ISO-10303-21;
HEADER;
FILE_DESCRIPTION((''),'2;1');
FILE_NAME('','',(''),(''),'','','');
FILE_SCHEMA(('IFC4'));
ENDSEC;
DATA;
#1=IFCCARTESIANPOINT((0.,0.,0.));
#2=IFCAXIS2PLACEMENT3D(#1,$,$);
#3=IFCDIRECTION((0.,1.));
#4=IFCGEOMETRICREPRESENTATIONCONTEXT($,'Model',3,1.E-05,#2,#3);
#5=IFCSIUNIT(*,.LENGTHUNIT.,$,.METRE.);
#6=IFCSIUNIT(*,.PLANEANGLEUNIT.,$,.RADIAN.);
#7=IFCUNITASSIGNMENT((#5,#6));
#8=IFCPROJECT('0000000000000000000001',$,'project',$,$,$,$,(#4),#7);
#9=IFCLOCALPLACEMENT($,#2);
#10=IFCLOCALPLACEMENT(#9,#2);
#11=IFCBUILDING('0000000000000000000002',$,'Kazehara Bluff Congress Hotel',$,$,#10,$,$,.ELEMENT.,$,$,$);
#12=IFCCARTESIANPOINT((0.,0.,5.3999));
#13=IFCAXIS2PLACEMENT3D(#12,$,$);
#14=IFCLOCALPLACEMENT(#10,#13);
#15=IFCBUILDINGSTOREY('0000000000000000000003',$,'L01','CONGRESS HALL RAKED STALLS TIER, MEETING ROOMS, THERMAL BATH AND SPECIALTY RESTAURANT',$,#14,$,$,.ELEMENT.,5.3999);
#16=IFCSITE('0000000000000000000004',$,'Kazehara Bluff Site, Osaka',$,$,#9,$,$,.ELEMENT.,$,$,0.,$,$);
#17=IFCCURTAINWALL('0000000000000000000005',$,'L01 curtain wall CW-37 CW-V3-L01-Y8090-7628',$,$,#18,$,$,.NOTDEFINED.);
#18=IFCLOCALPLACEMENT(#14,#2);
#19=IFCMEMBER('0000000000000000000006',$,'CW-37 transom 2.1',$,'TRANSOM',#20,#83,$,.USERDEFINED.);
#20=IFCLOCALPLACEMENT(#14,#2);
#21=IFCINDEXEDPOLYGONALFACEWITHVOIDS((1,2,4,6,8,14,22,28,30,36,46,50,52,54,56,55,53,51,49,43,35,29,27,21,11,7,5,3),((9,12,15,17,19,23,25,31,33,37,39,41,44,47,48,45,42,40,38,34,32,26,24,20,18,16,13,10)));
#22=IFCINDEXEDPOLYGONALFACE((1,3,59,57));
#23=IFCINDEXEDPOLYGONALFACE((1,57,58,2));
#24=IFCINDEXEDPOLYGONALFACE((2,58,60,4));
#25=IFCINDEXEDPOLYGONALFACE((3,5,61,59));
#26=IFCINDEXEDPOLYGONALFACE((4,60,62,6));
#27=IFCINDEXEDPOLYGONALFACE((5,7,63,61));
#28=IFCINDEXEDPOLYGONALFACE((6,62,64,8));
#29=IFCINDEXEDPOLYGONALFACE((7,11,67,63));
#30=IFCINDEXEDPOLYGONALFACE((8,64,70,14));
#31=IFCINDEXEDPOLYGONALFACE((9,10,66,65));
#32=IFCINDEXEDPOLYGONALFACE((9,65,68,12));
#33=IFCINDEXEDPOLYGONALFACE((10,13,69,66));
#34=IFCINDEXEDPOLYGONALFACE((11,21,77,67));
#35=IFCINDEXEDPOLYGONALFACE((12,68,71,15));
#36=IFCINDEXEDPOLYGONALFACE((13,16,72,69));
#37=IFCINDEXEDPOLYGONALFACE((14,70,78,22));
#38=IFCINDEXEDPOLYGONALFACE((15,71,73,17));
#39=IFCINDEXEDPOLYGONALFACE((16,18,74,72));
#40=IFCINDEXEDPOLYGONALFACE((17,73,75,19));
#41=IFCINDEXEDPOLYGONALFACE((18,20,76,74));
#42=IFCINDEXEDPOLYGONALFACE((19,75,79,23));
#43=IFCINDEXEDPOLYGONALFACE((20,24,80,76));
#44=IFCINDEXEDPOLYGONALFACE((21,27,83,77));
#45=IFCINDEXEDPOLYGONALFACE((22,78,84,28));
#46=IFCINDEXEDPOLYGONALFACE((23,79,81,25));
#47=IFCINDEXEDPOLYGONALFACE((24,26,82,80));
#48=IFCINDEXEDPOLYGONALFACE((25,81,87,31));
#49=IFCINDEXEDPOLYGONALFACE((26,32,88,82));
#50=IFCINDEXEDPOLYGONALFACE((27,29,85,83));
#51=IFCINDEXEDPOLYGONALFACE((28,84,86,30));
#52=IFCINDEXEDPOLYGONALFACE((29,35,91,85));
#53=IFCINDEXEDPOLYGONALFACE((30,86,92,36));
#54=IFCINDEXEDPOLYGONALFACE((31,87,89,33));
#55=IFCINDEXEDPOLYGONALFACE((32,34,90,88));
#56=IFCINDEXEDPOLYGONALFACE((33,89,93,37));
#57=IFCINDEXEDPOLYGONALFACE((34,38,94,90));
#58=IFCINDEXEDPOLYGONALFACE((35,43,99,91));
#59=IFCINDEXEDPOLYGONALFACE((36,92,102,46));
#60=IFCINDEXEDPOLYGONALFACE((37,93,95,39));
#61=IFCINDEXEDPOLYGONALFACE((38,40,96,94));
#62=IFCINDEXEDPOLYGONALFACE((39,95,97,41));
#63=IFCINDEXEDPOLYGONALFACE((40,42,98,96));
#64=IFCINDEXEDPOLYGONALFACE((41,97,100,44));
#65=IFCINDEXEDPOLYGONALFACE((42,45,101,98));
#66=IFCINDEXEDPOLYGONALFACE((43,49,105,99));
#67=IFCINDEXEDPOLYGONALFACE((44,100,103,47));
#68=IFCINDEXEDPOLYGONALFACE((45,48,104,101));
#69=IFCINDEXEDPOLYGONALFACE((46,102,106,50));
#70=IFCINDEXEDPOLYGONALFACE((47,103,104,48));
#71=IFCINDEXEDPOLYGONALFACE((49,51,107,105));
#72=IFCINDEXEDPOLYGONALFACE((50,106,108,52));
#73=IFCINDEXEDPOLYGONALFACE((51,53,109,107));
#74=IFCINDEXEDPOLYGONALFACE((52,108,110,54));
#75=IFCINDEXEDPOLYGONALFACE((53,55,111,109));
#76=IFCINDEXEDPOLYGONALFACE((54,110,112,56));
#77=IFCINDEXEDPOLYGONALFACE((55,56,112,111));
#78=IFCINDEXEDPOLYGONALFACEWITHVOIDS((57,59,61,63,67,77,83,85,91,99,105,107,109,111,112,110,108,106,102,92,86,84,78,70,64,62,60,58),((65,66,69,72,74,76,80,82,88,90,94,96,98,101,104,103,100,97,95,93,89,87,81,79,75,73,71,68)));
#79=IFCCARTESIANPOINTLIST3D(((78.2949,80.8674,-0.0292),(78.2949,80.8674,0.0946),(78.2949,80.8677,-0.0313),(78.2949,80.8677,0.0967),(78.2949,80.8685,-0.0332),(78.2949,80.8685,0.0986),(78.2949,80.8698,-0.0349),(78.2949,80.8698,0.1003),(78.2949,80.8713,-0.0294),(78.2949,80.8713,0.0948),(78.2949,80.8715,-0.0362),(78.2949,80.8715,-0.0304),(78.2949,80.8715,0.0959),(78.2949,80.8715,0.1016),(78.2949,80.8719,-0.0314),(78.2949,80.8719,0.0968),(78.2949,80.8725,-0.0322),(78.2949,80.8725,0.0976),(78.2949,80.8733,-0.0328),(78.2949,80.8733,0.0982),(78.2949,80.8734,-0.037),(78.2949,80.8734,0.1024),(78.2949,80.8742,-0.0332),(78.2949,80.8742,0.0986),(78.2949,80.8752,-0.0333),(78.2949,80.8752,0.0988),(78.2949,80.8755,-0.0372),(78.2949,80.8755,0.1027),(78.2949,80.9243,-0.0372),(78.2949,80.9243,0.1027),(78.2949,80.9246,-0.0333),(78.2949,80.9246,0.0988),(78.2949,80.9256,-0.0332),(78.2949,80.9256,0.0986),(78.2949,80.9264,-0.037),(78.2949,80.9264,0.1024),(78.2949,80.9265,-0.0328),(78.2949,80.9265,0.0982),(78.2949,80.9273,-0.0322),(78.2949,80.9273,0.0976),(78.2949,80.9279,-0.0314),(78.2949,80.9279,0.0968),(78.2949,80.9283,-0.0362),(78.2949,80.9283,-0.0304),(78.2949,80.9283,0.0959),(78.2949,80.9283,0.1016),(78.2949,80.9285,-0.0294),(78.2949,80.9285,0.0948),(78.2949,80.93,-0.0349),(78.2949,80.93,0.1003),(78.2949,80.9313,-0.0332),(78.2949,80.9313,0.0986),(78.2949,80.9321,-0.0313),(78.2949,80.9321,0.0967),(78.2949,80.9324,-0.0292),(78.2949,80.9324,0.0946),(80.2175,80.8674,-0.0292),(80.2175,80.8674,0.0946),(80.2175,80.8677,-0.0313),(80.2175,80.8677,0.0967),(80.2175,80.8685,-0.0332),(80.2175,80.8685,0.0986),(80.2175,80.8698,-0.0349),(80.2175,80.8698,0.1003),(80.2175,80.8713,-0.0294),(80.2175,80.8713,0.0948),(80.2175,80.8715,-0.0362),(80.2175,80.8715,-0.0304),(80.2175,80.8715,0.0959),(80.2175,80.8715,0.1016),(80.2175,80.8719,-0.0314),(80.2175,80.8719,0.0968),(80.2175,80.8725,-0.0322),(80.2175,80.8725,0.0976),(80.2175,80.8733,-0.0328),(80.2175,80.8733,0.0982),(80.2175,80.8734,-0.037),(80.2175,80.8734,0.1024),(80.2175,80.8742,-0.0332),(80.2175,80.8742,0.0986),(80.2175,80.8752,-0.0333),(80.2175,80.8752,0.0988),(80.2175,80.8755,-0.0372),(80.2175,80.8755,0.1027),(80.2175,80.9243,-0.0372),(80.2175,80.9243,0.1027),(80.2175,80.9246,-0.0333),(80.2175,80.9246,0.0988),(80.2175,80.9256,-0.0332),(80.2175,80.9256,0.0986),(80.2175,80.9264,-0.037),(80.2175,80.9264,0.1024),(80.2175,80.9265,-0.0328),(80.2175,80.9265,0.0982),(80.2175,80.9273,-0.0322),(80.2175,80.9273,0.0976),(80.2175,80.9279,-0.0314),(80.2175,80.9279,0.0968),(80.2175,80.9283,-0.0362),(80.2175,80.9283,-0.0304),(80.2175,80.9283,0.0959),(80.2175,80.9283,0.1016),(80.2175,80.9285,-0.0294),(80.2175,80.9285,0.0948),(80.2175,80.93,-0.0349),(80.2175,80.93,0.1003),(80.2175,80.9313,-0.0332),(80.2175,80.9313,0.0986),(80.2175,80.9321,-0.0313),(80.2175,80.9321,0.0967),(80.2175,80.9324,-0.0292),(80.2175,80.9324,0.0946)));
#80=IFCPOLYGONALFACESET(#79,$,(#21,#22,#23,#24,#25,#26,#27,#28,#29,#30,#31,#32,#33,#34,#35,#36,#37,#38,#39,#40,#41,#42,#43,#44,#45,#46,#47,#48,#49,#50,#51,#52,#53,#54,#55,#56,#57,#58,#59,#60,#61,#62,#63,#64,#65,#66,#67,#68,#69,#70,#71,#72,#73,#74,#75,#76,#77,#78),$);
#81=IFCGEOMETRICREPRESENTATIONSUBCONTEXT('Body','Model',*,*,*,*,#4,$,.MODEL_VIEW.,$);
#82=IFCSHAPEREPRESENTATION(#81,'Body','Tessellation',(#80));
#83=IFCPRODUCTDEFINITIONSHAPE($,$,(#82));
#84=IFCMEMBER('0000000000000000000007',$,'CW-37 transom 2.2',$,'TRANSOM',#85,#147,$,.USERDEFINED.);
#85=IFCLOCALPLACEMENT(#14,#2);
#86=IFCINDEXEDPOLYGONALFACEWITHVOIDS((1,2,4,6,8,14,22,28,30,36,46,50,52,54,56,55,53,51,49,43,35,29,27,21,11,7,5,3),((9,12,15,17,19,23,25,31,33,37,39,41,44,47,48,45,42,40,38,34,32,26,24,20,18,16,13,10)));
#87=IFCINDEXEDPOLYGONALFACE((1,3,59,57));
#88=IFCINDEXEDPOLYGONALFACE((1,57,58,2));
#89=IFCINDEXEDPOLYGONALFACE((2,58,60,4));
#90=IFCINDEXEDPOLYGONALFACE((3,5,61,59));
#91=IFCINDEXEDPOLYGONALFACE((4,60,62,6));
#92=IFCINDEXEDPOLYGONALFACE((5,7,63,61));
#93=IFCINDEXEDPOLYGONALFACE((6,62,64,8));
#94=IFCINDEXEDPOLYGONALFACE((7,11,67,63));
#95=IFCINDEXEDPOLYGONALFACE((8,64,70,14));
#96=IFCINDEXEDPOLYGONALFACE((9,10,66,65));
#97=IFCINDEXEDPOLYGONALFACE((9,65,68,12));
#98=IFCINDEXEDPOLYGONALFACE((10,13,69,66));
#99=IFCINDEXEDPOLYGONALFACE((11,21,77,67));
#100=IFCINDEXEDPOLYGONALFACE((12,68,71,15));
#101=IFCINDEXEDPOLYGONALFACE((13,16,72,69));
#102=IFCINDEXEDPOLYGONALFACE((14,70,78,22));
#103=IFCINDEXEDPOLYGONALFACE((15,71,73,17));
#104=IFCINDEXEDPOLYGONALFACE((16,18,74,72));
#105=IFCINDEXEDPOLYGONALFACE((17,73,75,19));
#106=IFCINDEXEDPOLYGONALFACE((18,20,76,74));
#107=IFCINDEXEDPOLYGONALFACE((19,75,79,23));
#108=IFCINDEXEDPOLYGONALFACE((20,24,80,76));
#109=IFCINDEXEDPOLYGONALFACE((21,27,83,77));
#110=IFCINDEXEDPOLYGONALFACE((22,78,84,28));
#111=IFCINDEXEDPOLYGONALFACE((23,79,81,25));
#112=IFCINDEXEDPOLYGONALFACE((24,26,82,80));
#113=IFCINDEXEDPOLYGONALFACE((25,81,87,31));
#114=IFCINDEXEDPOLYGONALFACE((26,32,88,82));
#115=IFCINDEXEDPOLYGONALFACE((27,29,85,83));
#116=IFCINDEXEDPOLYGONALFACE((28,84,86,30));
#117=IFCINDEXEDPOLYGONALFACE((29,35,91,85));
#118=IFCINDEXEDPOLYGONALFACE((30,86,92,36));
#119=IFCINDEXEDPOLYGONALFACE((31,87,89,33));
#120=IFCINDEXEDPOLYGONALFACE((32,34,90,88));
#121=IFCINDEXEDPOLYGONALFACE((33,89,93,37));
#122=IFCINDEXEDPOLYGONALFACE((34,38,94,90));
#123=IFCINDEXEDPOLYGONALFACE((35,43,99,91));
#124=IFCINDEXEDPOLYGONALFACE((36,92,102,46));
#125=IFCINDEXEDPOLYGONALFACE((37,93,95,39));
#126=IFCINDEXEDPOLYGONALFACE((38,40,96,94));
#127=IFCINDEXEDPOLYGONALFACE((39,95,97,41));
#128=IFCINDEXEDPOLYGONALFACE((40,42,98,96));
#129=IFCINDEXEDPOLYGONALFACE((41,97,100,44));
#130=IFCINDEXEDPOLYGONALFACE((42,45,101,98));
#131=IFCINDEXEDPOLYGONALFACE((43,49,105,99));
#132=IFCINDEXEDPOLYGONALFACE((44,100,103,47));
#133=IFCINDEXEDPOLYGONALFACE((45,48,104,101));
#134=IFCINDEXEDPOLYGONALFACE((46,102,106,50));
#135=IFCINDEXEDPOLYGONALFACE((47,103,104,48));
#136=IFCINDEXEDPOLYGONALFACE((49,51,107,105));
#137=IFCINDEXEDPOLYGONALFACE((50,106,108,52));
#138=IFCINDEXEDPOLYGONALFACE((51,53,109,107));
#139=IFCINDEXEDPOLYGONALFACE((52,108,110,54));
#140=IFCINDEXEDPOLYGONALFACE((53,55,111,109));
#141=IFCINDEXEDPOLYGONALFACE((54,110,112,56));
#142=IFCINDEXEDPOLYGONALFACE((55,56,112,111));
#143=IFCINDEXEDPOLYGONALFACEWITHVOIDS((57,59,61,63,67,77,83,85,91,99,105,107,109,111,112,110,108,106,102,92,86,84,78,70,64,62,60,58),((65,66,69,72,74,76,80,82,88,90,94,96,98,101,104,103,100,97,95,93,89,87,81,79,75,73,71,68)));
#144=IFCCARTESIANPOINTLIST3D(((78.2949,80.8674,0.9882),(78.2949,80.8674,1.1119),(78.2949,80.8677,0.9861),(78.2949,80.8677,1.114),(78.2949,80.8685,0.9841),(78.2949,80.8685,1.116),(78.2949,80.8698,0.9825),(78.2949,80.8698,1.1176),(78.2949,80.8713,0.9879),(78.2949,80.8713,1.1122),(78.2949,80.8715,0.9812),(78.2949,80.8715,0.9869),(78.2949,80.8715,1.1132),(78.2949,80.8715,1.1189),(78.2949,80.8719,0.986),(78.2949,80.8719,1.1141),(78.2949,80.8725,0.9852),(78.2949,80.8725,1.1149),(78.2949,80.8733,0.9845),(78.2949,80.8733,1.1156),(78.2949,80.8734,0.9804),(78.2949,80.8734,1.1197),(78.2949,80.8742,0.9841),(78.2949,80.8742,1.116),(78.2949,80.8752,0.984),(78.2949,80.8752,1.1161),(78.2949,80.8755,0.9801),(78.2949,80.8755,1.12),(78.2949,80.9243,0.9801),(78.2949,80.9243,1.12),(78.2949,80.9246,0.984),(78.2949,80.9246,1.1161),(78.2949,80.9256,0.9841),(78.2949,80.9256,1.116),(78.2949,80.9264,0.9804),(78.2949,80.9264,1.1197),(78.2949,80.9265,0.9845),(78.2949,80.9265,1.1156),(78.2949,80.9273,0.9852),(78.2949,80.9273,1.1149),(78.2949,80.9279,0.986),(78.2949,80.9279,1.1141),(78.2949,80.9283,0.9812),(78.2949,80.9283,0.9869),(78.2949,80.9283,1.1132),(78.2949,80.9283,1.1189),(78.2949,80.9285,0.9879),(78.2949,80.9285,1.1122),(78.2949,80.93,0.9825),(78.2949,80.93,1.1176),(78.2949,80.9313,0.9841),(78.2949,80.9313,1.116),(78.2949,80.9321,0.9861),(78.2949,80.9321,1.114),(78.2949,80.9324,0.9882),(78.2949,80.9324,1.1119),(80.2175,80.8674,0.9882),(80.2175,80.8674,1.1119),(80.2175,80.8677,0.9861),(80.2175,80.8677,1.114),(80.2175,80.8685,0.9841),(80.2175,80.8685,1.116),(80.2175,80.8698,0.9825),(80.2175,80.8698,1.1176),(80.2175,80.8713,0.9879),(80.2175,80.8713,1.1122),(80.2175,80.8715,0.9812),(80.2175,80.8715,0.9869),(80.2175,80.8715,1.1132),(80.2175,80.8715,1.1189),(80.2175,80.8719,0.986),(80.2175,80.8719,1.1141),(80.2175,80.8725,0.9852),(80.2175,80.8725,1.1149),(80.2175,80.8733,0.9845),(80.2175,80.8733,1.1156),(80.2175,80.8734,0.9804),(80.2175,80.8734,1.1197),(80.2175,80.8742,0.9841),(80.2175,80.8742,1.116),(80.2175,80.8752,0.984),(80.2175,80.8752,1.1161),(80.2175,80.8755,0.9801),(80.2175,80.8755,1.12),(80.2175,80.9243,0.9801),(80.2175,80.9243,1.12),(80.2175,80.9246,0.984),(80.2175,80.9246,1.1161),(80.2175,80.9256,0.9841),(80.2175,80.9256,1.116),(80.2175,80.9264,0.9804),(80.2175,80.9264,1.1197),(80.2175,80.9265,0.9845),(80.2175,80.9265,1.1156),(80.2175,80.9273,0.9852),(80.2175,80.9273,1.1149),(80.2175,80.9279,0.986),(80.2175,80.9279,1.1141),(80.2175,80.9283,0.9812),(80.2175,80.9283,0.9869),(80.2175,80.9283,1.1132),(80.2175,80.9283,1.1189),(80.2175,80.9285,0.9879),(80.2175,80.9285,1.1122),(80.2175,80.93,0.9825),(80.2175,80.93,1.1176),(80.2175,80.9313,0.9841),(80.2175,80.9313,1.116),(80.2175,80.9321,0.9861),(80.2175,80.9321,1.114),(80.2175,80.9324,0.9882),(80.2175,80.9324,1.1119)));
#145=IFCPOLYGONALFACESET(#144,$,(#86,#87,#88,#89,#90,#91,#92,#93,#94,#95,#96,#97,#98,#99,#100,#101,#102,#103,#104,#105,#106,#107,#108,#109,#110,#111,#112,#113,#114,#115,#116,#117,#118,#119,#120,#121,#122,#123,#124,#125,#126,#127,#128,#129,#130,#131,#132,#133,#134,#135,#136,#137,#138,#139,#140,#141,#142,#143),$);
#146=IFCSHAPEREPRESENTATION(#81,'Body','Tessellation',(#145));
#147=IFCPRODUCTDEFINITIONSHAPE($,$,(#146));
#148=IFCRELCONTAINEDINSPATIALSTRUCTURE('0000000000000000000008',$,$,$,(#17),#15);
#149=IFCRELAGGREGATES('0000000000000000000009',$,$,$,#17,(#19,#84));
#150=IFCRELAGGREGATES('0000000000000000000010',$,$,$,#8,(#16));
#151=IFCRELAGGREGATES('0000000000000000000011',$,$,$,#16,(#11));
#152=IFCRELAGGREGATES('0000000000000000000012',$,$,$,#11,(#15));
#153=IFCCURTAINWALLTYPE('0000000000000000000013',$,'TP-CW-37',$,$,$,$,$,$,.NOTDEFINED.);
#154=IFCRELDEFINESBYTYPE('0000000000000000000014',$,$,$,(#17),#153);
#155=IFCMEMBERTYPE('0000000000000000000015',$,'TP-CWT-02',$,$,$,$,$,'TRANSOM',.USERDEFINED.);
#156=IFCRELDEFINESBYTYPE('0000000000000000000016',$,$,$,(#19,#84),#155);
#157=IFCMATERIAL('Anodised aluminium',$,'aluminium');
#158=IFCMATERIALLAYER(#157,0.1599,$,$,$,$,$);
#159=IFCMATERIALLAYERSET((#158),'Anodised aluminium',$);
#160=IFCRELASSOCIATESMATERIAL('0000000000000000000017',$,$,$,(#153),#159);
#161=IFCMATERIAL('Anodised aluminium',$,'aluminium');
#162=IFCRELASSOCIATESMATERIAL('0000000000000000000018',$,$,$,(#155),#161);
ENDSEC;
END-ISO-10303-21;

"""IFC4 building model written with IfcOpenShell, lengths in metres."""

from ifc_helpers import new_model, si_unit, direction, frame, origin, origin_2d, place, context, subcontext, project, spatial, hollow_rectangle, extrude, material, layer, layer_set, material_profile, profile_set, type_object, element, aggregate, save


model = new_model("IFC4")

# Units and contexts
model_context = context("Model", 3, precision=1e-05, world=origin(), true_north=direction((0.0, 1.0)))
body_context = subcontext(model_context, "Body", "Model", "MODEL_VIEW")
ifc_project = project(units=[si_unit("LENGTHUNIT", "METRE"), si_unit("PLANEANGLEUNIT", "RADIAN")], contexts=[model_context])

# Site, building, storey
site_placement = place(None, origin())
site = spatial("IfcSite", under=ifc_project, at=site_placement, Name="Kazehara Bluff Site, Osaka", CompositionType="ELEMENT", RefElevation=0.0)
building_placement = place(site_placement, origin())
building = spatial("IfcBuilding", under=site, at=building_placement, Name="Kazehara Bluff Congress Hotel", CompositionType="ELEMENT")
storey_placement = place(building_placement, frame((0.0, 0.0, 5.3999)))
storey = spatial("IfcBuildingStorey", under=building, at=storey_placement, Name="L01", Description="CONGRESS HALL RAKED STALLS TIER, MEETING ROOMS, THERMAL BATH AND SPECIALTY RESTAURANT", CompositionType="ELEMENT", Elevation=5.3999)

# Curtain wall, members
ifc_material_1 = material(Name="Anodised aluminium", Category="aluminium")
ifc_layer_1 = layer(ifc_material_1, 0.1599)
ifc_layer_set_1 = layer_set([ifc_layer_1], Name="Anodised aluminium")
curtain_wall_type = type_object("IfcCurtainWallType", Name="TP-CW-37", PredefinedType="NOTDEFINED", material=ifc_layer_set_1)
curtain_wall_placement = place(storey_placement, origin())
curtain_wall = element("IfcCurtainWall", 1, at=curtain_wall_placement, inside=storey, type_object=curtain_wall_type, Name="L01 curtain wall CW-37 CW-V3-L01-Y8090-7628", PredefinedType="NOTDEFINED")
ifc_material_2 = material(Name="Anodised aluminium", Category="aluminium")
ifc_material_profile_1 = material_profile(ifc_material_2, hollow_rectangle(XDim=0.0649, YDim=0.1399, WallThickness=0.0039, InnerFilletRadius=0.0039, OuterFilletRadius=0.0081, at=origin_2d()))
ifc_profile_set_1 = profile_set([ifc_material_profile_1], Name="Anodised aluminium")
member_type_1 = type_object("IfcMemberType", Name="TP-CWT-02", ElementType="TRANSOM", PredefinedType="USERDEFINED", material=ifc_profile_set_1)
member_1_placement = place(storey_placement, frame((78.2949, 80.8999, 0.0327), z_axis=(1.0, 0.0, 0.0), x_axis=(0.0, 1.0, 0.0)))
member_1 = element("IfcMember", 2, at=member_1_placement, type_object=member_type_1, Name="CW-37 transom 2.1", ObjectType="TRANSOM", PredefinedType="USERDEFINED", context=body_context, shape_type="SweptSolid", body=[
    extrude(hollow_rectangle(XDim=0.0649, YDim=0.1399, WallThickness=0.0039, InnerFilletRadius=0.0039, OuterFilletRadius=0.0081, at=origin_2d()), origin(), (0.0, 0.0, 1.0), 1.9226),
])
member_2_placement = place(storey_placement, frame((78.2949, 80.8999, 1.05), z_axis=(1.0, 0.0, 0.0), x_axis=(0.0, 1.0, 0.0)))
member_2 = element("IfcMember", 3, at=member_2_placement, type_object=member_type_1, Name="CW-37 transom 2.2", ObjectType="TRANSOM", PredefinedType="USERDEFINED", context=body_context, shape_type="SweptSolid", body=[
    extrude(hollow_rectangle(XDim=0.0649, YDim=0.1399, WallThickness=0.0039, InnerFilletRadius=0.0039, OuterFilletRadius=0.0081, at=origin_2d()), origin(), (0.0, 0.0, 1.0), 1.9226),
])

aggregate(curtain_wall, [member_1, member_2])

save(model, "model.ifc")
